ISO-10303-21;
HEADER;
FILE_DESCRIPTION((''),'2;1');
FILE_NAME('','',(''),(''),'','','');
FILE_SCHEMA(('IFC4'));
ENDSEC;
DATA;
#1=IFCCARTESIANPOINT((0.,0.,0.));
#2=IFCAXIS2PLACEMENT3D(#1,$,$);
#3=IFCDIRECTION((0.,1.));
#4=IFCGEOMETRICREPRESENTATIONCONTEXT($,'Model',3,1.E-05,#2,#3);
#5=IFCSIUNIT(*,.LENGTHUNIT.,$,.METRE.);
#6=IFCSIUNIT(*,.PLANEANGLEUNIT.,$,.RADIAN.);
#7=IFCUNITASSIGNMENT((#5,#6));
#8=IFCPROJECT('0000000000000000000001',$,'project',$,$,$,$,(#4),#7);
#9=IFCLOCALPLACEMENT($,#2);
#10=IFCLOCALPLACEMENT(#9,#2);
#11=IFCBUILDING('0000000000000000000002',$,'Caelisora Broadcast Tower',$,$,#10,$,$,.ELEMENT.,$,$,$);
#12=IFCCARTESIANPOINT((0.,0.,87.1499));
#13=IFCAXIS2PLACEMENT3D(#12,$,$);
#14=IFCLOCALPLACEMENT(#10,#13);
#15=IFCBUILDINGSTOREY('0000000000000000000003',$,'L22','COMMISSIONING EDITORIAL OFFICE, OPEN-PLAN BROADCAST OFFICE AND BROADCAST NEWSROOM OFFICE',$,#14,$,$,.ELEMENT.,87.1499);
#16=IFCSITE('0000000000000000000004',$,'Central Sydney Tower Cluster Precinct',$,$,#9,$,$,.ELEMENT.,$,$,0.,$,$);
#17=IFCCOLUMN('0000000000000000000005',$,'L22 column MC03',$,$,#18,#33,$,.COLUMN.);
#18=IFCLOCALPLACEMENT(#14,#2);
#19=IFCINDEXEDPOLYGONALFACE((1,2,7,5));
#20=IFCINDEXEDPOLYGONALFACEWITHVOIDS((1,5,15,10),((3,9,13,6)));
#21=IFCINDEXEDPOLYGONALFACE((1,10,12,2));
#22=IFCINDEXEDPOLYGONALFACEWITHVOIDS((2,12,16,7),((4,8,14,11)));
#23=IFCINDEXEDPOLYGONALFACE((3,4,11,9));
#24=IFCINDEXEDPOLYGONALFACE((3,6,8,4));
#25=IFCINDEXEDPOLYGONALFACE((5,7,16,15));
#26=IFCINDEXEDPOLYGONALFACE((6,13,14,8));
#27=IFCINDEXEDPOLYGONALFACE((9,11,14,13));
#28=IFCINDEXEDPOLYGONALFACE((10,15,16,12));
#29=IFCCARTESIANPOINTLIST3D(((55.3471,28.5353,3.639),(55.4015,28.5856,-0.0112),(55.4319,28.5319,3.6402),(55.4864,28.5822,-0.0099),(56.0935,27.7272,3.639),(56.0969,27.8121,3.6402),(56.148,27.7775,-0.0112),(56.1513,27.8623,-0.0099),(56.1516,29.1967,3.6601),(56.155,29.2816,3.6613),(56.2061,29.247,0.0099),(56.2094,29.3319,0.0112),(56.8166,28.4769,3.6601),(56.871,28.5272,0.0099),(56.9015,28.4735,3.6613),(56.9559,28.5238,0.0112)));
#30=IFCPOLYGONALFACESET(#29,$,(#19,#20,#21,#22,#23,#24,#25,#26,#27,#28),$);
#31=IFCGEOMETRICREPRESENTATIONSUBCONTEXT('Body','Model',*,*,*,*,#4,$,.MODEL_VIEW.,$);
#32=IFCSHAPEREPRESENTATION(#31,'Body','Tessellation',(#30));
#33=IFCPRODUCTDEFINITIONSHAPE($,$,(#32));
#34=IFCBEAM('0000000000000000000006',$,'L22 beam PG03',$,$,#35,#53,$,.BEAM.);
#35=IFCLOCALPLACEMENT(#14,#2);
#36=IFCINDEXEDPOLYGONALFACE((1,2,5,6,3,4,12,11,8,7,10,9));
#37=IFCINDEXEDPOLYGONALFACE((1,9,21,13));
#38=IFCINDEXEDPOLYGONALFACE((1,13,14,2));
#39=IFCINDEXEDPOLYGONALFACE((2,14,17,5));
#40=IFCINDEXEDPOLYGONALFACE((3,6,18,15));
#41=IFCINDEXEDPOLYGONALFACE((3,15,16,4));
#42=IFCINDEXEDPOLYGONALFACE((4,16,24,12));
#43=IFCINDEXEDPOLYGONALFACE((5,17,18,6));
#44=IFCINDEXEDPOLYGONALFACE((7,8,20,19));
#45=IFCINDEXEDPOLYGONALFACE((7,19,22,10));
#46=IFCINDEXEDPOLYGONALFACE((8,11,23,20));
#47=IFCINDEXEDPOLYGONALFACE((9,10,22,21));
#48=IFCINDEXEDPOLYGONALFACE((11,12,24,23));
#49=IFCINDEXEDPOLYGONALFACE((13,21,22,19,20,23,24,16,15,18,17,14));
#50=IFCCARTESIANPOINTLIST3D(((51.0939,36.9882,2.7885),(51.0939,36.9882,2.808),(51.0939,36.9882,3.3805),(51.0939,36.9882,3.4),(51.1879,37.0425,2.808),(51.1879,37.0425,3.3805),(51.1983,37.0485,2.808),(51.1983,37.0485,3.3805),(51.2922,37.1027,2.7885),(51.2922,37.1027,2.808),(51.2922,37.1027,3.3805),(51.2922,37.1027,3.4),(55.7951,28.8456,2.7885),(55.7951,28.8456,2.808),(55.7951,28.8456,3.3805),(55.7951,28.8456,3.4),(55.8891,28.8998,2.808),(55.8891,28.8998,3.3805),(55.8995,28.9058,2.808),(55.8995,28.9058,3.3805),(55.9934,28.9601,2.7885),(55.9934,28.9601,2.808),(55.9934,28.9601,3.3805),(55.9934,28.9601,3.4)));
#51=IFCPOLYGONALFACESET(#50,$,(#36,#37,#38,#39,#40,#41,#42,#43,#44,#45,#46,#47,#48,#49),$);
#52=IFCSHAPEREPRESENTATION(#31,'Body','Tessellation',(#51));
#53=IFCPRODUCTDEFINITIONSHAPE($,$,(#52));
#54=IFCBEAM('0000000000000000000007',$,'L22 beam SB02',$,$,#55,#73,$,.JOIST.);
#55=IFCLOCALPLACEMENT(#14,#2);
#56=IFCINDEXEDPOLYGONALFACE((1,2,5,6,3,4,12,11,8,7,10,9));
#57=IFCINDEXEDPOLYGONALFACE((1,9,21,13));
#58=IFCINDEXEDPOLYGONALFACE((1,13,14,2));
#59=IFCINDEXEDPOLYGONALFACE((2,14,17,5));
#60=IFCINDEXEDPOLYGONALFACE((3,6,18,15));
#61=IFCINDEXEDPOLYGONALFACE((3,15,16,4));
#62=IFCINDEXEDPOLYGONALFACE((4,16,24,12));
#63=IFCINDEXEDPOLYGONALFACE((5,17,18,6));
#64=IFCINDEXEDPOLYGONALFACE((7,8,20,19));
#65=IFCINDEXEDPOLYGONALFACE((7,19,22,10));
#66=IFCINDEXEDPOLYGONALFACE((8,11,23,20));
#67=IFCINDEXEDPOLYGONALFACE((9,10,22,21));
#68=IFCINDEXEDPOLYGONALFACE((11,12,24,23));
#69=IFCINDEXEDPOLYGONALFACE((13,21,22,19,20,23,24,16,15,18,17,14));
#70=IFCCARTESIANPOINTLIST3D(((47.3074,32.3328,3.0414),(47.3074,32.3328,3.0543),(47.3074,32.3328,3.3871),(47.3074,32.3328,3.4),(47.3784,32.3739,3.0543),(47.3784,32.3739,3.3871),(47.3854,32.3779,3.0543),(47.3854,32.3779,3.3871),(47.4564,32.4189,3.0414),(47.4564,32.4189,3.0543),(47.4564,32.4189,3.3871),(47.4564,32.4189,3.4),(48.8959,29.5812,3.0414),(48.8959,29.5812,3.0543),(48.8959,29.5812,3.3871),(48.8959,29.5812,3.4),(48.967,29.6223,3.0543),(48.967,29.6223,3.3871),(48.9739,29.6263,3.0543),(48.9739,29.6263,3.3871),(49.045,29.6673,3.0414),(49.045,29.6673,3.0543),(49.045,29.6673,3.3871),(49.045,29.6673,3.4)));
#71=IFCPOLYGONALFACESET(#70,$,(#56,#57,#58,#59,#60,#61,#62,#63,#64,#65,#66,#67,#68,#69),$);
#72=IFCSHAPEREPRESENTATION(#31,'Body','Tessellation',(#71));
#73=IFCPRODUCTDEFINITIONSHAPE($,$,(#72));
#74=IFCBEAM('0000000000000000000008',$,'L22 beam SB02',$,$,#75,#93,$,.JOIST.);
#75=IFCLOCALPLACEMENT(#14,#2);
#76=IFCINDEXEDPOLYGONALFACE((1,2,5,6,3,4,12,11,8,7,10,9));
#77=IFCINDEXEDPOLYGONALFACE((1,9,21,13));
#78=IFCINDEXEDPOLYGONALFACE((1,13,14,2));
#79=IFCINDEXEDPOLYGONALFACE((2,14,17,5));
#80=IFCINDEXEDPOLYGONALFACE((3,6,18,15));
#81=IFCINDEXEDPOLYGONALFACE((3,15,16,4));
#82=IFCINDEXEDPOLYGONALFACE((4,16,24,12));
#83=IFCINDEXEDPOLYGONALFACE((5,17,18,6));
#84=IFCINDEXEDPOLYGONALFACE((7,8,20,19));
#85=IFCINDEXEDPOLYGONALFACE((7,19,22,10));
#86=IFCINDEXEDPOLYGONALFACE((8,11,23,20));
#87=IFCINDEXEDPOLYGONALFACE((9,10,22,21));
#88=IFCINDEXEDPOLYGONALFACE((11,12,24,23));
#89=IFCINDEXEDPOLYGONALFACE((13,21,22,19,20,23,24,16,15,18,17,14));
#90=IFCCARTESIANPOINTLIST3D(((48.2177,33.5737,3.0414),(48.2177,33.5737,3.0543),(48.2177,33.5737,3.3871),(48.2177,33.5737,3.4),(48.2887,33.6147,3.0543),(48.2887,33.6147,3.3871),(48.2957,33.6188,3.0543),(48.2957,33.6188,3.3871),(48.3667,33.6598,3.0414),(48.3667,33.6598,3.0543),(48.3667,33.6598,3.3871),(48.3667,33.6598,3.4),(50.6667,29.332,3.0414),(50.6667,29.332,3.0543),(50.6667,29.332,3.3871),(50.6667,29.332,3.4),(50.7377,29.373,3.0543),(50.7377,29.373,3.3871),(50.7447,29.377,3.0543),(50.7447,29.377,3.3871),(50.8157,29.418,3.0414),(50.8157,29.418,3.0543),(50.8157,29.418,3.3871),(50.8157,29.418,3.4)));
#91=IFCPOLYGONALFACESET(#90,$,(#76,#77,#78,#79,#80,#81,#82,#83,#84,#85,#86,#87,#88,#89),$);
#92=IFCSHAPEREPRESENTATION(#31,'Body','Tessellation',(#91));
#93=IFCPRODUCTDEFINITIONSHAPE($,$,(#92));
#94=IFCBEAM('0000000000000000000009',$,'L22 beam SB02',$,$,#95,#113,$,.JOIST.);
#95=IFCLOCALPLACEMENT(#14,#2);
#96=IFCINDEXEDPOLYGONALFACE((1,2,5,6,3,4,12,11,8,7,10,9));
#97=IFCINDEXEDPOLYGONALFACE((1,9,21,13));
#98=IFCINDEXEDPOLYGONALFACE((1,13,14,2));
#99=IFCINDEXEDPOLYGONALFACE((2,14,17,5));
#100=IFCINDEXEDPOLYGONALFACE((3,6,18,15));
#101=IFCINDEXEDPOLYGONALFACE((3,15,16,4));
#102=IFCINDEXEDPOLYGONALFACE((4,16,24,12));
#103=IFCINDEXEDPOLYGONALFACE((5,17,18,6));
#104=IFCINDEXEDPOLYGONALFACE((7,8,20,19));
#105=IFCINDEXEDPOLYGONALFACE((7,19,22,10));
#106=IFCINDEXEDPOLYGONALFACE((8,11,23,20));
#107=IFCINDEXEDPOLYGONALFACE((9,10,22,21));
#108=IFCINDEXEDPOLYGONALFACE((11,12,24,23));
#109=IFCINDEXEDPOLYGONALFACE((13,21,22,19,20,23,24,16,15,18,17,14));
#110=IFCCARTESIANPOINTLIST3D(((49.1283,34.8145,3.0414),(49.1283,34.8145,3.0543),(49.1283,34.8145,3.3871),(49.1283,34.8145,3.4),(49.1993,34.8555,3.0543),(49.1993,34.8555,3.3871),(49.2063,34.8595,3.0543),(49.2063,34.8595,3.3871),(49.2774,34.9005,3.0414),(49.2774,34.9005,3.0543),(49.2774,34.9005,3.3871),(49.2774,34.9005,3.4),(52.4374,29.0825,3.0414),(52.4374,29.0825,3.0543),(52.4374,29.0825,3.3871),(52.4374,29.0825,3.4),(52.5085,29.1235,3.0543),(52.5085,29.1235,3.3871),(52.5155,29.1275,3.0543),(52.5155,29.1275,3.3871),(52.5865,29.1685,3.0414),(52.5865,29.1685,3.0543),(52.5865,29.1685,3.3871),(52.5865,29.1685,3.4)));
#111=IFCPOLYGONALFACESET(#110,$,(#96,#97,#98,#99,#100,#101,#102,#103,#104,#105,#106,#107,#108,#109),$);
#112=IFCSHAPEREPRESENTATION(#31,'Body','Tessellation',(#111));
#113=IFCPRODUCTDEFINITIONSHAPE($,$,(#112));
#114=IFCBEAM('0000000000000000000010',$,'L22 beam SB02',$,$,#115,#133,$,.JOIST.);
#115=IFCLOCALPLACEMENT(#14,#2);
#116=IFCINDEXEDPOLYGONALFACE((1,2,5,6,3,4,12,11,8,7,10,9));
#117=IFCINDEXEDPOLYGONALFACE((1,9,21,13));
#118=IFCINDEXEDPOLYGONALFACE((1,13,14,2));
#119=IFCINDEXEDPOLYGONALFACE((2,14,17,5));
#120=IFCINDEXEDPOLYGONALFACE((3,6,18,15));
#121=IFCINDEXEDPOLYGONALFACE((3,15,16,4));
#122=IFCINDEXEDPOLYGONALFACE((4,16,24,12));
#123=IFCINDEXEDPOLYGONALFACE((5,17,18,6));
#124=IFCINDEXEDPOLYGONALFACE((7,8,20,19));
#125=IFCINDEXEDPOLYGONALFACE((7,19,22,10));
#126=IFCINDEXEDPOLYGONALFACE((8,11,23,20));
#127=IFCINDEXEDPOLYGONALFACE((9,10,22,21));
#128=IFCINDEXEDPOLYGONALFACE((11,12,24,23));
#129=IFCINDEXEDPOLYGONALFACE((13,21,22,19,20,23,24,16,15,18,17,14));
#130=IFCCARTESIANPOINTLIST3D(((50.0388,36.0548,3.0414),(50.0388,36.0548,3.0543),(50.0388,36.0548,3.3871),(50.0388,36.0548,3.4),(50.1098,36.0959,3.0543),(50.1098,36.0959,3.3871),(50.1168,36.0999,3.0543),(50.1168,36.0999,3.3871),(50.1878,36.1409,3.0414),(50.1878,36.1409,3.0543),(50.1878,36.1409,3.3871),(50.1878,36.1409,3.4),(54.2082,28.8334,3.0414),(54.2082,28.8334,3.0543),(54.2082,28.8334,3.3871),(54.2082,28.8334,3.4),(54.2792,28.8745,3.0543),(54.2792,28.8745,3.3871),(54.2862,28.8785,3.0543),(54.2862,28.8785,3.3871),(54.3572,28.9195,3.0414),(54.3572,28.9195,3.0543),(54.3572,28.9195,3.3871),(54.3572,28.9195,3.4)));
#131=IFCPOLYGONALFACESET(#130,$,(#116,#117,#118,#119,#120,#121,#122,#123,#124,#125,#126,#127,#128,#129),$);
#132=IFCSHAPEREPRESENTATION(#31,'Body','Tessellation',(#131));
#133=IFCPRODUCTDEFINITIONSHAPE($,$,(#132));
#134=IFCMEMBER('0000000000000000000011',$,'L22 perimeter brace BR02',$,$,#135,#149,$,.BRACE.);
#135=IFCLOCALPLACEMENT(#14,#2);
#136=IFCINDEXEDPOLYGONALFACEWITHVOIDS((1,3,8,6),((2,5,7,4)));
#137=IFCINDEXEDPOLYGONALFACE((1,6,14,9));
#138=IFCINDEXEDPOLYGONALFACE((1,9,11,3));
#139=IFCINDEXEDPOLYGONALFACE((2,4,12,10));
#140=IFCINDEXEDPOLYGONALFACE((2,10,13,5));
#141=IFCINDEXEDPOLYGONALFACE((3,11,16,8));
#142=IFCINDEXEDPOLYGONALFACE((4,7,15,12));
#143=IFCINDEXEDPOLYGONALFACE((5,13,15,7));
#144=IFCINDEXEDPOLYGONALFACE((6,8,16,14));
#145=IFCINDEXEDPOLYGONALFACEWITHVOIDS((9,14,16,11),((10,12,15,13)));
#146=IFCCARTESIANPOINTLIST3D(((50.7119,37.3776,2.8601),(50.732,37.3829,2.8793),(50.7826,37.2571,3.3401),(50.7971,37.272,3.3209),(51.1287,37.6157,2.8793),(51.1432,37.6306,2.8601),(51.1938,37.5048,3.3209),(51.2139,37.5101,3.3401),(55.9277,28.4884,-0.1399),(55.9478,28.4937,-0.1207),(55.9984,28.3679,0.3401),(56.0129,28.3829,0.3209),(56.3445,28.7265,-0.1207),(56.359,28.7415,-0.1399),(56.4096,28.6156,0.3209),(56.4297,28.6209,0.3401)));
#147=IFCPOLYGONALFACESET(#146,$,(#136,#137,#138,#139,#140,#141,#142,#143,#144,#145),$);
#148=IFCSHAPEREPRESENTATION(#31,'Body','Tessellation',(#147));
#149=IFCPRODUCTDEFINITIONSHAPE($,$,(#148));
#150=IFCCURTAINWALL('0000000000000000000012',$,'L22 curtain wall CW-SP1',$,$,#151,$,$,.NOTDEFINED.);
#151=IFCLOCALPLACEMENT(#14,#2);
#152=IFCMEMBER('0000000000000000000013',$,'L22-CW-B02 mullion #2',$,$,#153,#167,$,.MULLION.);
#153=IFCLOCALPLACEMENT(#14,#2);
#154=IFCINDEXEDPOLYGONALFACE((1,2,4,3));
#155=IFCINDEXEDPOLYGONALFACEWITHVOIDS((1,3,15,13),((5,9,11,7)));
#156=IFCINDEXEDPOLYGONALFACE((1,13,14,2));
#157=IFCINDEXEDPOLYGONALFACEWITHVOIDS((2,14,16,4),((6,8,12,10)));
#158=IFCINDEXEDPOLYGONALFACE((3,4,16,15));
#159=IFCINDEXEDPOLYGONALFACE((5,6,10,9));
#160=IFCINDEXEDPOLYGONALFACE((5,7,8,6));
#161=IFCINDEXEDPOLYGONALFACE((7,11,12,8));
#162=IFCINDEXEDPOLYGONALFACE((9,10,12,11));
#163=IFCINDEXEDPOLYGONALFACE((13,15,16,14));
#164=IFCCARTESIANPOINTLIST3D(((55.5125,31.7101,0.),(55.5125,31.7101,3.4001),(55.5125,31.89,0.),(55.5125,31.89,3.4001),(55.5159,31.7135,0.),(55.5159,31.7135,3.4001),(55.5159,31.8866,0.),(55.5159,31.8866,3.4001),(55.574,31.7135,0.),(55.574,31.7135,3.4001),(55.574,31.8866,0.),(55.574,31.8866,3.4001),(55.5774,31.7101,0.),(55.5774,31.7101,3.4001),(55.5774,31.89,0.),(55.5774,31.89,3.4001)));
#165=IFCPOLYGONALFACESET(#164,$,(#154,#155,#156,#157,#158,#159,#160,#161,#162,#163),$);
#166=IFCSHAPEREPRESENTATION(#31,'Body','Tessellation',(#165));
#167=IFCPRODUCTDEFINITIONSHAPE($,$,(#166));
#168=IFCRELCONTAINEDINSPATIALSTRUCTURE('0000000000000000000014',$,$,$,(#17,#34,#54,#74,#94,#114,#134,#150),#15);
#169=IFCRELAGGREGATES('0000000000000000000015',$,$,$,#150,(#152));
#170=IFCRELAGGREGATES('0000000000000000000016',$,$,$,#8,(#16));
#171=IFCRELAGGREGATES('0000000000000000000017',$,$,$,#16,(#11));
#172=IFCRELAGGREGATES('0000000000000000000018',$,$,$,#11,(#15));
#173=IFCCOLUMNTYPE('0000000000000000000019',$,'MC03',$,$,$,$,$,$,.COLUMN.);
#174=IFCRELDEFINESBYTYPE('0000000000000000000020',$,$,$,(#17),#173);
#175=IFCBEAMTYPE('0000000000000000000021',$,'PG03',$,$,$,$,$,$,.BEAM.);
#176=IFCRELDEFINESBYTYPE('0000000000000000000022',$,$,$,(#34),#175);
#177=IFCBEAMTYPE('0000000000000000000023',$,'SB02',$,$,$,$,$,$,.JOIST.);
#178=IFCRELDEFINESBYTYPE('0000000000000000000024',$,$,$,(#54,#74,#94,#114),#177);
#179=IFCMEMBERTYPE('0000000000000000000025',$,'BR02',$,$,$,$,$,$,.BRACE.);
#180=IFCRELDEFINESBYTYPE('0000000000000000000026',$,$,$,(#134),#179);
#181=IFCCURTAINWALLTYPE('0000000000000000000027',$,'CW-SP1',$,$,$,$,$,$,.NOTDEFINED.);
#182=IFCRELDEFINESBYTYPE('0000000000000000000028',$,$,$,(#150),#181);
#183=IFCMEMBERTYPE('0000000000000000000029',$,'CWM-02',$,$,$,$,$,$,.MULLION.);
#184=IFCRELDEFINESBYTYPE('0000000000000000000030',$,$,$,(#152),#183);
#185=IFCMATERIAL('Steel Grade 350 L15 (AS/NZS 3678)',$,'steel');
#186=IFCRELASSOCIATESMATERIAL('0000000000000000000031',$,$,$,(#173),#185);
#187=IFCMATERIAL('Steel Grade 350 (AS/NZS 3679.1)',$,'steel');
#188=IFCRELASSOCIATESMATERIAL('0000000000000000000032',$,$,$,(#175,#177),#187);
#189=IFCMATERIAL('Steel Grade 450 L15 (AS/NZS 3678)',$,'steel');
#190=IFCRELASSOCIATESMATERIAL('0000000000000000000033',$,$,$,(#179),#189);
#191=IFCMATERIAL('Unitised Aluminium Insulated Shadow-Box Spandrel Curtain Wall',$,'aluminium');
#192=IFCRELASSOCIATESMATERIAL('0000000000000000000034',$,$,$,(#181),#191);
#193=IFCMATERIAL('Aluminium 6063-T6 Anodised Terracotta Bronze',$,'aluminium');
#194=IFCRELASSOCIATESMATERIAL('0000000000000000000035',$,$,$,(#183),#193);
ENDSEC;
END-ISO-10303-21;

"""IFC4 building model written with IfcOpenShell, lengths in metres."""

from ifc_helpers import new_model, si_unit, direction, frame, origin, origin_2d, place, context, subcontext, project, spatial, hollow_rectangle, i_section, extrude, source, transform, mapped, material, material_profile, profile_set, type_object, type_shapes, element, aggregate, save


model = new_model("IFC4")

# Units and contexts
model_context = context("Model", 3, precision=1e-05, world=origin(), true_north=direction((0.0, 1.0)))
body_context = subcontext(model_context, "Body", "Model", "MODEL_VIEW")
ifc_project = project(units=[si_unit("LENGTHUNIT", "METRE"), si_unit("PLANEANGLEUNIT", "RADIAN")], contexts=[model_context])

# Site, building, storey
site_placement = place(None, origin())
site = spatial("IfcSite", under=ifc_project, at=site_placement, Name="Central Sydney Tower Cluster Precinct", CompositionType="ELEMENT", RefElevation=0.0)
building_placement = place(site_placement, origin())
building = spatial("IfcBuilding", under=site, at=building_placement, Name="Caelisora Broadcast Tower", CompositionType="ELEMENT")
storey_placement = place(building_placement, frame((0.0, 0.0, 87.1499)))
storey = spatial("IfcBuildingStorey", under=building, at=storey_placement, Name="L22", Description="COMMISSIONING EDITORIAL OFFICE, OPEN-PLAN BROADCAST OFFICE AND BROADCAST NEWSROOM OFFICE", CompositionType="ELEMENT", Elevation=87.1499)

# Column
ifc_material_1 = material(Name="Steel Grade 350 L15 (AS/NZS 3678)", Category="steel")
ifc_material_profile_1 = material_profile(ifc_material_1, hollow_rectangle(XDim=1.1001, YDim=1.1001, WallThickness=0.0601, at=origin_2d()), Name="Steel Grade 350 L15 (AS/NZS 3678)")
ifc_profile_set_1 = profile_set([ifc_material_profile_1], Name="Steel Grade 350 L15 (AS/NZS 3678)")
column_type = type_object("IfcColumnType", Name="MC03", PredefinedType="COLUMN", material=ifc_profile_set_1)
shared_shape_1 = source(origin(), body_context, "Body", "SweptSolid", [
    extrude(hollow_rectangle(XDim=1.1001, YDim=1.1001, WallThickness=0.0601, at=origin_2d()), origin(), (0.0, 0.0, 1.0), 3.6509),
])
type_shapes(column_type, [shared_shape_1])
column_placement = place(storey_placement, frame((56.1787, 28.5547, 0.0), z_axis=(-0.014912, -0.013776, 0.999794), x_axis=(0.678554, -0.734551, 0.0)))
element("IfcColumn", 1, at=column_placement, inside=storey, type_object=column_type, Name="L22 column MC03", PredefinedType="COLUMN", context=body_context, shape_type="MappedRepresentation", body=[
    mapped(shared_shape_1, transform((0.0, 0.0, 0.0), scale=1.0)),
])

# Beams
ifc_material_2 = material(Name="Steel Grade 350 (AS/NZS 3679.1)", Category="steel")
ifc_material_profile_2 = material_profile(ifc_material_2, i_section(OverallWidth=0.229, OverallDepth=0.6116, WebThickness=0.012, FlangeThickness=0.0195, at=origin_2d()), Name="Steel Grade 350 (AS/NZS 3679.1)")
ifc_profile_set_2 = profile_set([ifc_material_profile_2], Name="Steel Grade 350 (AS/NZS 3679.1)")
beam_type_1 = type_object("IfcBeamType", Name="PG03", PredefinedType="BEAM", material=ifc_profile_set_2)
shared_shape_2 = source(origin(), body_context, "Body", "SweptSolid", [
    extrude(i_section(OverallWidth=0.229, OverallDepth=0.6116, WebThickness=0.012, FlangeThickness=0.0195, at=origin_2d()), origin(), (0.0, 0.0, 1.0), 9.4023),
])
type_shapes(beam_type_1, [shared_shape_2])
beam_1_placement = place(storey_placement, frame((55.8943, 28.9028, 3.0942), z_axis=(-0.500004, 0.866023, 0.0), x_axis=(-0.866023, -0.500004, 0.0)))
element("IfcBeam", 2, at=beam_1_placement, inside=storey, type_object=beam_type_1, Name="L22 beam PG03", PredefinedType="BEAM", context=body_context, shape_type="MappedRepresentation", body=[
    mapped(shared_shape_2, transform((0.0, 0.0, 0.0), scale=1.0)),
])
ifc_material_profile_3 = material_profile(ifc_material_2, i_section(OverallWidth=0.1721, OverallDepth=0.3586, WebThickness=0.0081, FlangeThickness=0.0129, at=origin_2d()), Name="Steel Grade 350 (AS/NZS 3679.1)")
ifc_profile_set_3 = profile_set([ifc_material_profile_3], Name="Steel Grade 350 (AS/NZS 3679.1)")
beam_type_2 = type_object("IfcBeamType", Name="SB02", PredefinedType="JOIST", material=ifc_profile_set_3)
shared_shape_3 = source(origin(), body_context, "Body", "SweptSolid", [
    extrude(i_section(OverallWidth=0.1721, OverallDepth=0.3586, WebThickness=0.0081, FlangeThickness=0.0129, at=origin_2d()), origin(), (0.0, 0.0, 1.0), 3.1772),
])
beam_2_placement = place(storey_placement, frame((48.9705, 29.6243, 3.2207), z_axis=(-0.499982, 0.866036, 0.0), x_axis=(-0.866036, -0.499982, 0.0)))
element("IfcBeam", 3, at=beam_2_placement, inside=storey, type_object=beam_type_2, Name="L22 beam SB02", PredefinedType="JOIST", context=body_context, shape_type="MappedRepresentation", body=[
    mapped(shared_shape_3, transform((0.0, 0.0, 0.0), scale=1.0)),
])
shared_shape_4 = source(origin(), body_context, "Body", "SweptSolid", [
    extrude(i_section(OverallWidth=0.1721, OverallDepth=0.3586, WebThickness=0.0081, FlangeThickness=0.0129, at=origin_2d()), origin(), (0.0, 0.0, 1.0), 4.8979),
])
beam_3_placement = place(storey_placement, frame((50.7412, 29.375, 3.2207), z_axis=(-0.500004, 0.866023, 0.0), x_axis=(-0.866023, -0.500004, 0.0)))
element("IfcBeam", 4, at=beam_3_placement, inside=storey, type_object=beam_type_2, Name="L22 beam SB02", PredefinedType="JOIST", context=body_context, shape_type="MappedRepresentation", body=[
    mapped(shared_shape_4, transform((0.0, 0.0, 0.0), scale=1.0)),
])
shared_shape_5 = source(origin(), body_context, "Body", "SweptSolid", [
    extrude(i_section(OverallWidth=0.1721, OverallDepth=0.3586, WebThickness=0.0081, FlangeThickness=0.0129, at=origin_2d()), origin(), (0.0, 0.0, 1.0), 6.6187),
])
beam_4_placement = place(storey_placement, frame((52.512, 29.1255, 3.2207), z_axis=(-0.499972, 0.866042, 0.0), x_axis=(-0.866042, -0.499972, 0.0)))
element("IfcBeam", 5, at=beam_4_placement, inside=storey, type_object=beam_type_2, Name="L22 beam SB02", PredefinedType="JOIST", context=body_context, shape_type="MappedRepresentation", body=[
    mapped(shared_shape_5, transform((0.0, 0.0, 0.0), scale=1.0)),
])
shared_shape_6 = source(origin(), body_context, "Body", "SweptSolid", [
    extrude(i_section(OverallWidth=0.1721, OverallDepth=0.3586, WebThickness=0.0081, FlangeThickness=0.0129, at=origin_2d()), origin(), (0.0, 0.0, 1.0), 8.3386),
])
type_shapes(beam_type_2, [shared_shape_3, shared_shape_4, shared_shape_5, shared_shape_6])
beam_5_placement = place(storey_placement, frame((54.2827, 28.8765, 3.2207), z_axis=(-0.500012, 0.866018, 0.0), x_axis=(-0.866018, -0.500012, 0.0)))
element("IfcBeam", 6, at=beam_5_placement, inside=storey, type_object=beam_type_2, Name="L22 beam SB02", PredefinedType="JOIST", context=body_context, shape_type="MappedRepresentation", body=[
    mapped(shared_shape_6, transform((0.0, 0.0, 0.0), scale=1.0)),
])

# Member
ifc_material_3 = material(Name="Steel Grade 450 L15 (AS/NZS 3678)", Category="steel")
ifc_material_profile_4 = material_profile(ifc_material_3, hollow_rectangle(XDim=0.5, YDim=0.5, WallThickness=0.02, at=origin_2d()), Name="Steel Grade 450 L15 (AS/NZS 3678)")
ifc_profile_set_4 = profile_set([ifc_material_profile_4], Name="Steel Grade 450 L15 (AS/NZS 3678)")
member_type_1 = type_object("IfcMemberType", Name="BR02", PredefinedType="BRACE", material=ifc_profile_set_4)
shared_shape_7 = source(origin(), body_context, "Body", "SweptSolid", [
    extrude(hollow_rectangle(XDim=0.5, YDim=0.5, WallThickness=0.02, at=origin_2d()), origin(), (0.0, 0.0, 1.0), 10.7341),
])
type_shapes(member_type_1, [shared_shape_7])
member_1_placement = place(storey_placement, frame((56.1787, 28.5547, 0.1001), z_axis=(-0.485909, 0.82812, 0.279482), x_axis=(-0.862489, -0.506076, 0.0)))
element("IfcMember", 7, at=member_1_placement, inside=storey, type_object=member_type_1, Name="L22 perimeter brace BR02", PredefinedType="BRACE", context=body_context, shape_type="MappedRepresentation", body=[
    mapped(shared_shape_7, transform((0.0, 0.0, 0.0), scale=1.0)),
])

# Curtain wall, member
ifc_material_4 = material(Name="Unitised Aluminium Insulated Shadow-Box Spandrel Curtain Wall", Category="aluminium")
curtain_wall_type_1 = type_object("IfcCurtainWallType", Name="CW-SP1", PredefinedType="NOTDEFINED", material=ifc_material_4)
curtain_wall_1_placement = place(storey_placement, origin())
curtain_wall_1 = element("IfcCurtainWall", 8, at=curtain_wall_1_placement, inside=storey, type_object=curtain_wall_type_1, Name="L22 curtain wall CW-SP1", PredefinedType="NOTDEFINED")
ifc_material_5 = material(Name="Aluminium 6063-T6 Anodised Terracotta Bronze", Category="aluminium")
ifc_material_profile_5 = material_profile(ifc_material_5, hollow_rectangle(XDim=0.0649, YDim=0.1799, WallThickness=0.0034, at=origin_2d()), Name="Aluminium 6063-T6 Anodised Terracotta Bronze")
ifc_profile_set_5 = profile_set([ifc_material_profile_5], Name="Aluminium 6063-T6 Anodised Terracotta Bronze")
member_type_2 = type_object("IfcMemberType", Name="CWM-02", PredefinedType="MULLION", material=ifc_profile_set_5)
shared_shape_8 = source(origin(), body_context, "Body", "SweptSolid", [
    extrude(hollow_rectangle(XDim=0.0649, YDim=0.1799, WallThickness=0.0034, at=origin_2d()), origin(), (0.0, 0.0, 1.0), 3.4001),
])
type_shapes(member_type_2, [shared_shape_8])
member_2_placement = place(storey_placement, frame((55.5449, 31.8, 0.0), z_axis=(0.0, 0.0, 1.0), x_axis=(1.0, 0.0, 0.0)))
member_2 = element("IfcMember", 9, at=member_2_placement, type_object=member_type_2, Name="L22-CW-B02 mullion #2", PredefinedType="MULLION", context=body_context, shape_type="MappedRepresentation", body=[
    mapped(shared_shape_8, transform((0.0, 0.0, 0.0), scale=1.0)),
])

aggregate(curtain_wall_1, [member_2])

save(model, "model.ifc")
